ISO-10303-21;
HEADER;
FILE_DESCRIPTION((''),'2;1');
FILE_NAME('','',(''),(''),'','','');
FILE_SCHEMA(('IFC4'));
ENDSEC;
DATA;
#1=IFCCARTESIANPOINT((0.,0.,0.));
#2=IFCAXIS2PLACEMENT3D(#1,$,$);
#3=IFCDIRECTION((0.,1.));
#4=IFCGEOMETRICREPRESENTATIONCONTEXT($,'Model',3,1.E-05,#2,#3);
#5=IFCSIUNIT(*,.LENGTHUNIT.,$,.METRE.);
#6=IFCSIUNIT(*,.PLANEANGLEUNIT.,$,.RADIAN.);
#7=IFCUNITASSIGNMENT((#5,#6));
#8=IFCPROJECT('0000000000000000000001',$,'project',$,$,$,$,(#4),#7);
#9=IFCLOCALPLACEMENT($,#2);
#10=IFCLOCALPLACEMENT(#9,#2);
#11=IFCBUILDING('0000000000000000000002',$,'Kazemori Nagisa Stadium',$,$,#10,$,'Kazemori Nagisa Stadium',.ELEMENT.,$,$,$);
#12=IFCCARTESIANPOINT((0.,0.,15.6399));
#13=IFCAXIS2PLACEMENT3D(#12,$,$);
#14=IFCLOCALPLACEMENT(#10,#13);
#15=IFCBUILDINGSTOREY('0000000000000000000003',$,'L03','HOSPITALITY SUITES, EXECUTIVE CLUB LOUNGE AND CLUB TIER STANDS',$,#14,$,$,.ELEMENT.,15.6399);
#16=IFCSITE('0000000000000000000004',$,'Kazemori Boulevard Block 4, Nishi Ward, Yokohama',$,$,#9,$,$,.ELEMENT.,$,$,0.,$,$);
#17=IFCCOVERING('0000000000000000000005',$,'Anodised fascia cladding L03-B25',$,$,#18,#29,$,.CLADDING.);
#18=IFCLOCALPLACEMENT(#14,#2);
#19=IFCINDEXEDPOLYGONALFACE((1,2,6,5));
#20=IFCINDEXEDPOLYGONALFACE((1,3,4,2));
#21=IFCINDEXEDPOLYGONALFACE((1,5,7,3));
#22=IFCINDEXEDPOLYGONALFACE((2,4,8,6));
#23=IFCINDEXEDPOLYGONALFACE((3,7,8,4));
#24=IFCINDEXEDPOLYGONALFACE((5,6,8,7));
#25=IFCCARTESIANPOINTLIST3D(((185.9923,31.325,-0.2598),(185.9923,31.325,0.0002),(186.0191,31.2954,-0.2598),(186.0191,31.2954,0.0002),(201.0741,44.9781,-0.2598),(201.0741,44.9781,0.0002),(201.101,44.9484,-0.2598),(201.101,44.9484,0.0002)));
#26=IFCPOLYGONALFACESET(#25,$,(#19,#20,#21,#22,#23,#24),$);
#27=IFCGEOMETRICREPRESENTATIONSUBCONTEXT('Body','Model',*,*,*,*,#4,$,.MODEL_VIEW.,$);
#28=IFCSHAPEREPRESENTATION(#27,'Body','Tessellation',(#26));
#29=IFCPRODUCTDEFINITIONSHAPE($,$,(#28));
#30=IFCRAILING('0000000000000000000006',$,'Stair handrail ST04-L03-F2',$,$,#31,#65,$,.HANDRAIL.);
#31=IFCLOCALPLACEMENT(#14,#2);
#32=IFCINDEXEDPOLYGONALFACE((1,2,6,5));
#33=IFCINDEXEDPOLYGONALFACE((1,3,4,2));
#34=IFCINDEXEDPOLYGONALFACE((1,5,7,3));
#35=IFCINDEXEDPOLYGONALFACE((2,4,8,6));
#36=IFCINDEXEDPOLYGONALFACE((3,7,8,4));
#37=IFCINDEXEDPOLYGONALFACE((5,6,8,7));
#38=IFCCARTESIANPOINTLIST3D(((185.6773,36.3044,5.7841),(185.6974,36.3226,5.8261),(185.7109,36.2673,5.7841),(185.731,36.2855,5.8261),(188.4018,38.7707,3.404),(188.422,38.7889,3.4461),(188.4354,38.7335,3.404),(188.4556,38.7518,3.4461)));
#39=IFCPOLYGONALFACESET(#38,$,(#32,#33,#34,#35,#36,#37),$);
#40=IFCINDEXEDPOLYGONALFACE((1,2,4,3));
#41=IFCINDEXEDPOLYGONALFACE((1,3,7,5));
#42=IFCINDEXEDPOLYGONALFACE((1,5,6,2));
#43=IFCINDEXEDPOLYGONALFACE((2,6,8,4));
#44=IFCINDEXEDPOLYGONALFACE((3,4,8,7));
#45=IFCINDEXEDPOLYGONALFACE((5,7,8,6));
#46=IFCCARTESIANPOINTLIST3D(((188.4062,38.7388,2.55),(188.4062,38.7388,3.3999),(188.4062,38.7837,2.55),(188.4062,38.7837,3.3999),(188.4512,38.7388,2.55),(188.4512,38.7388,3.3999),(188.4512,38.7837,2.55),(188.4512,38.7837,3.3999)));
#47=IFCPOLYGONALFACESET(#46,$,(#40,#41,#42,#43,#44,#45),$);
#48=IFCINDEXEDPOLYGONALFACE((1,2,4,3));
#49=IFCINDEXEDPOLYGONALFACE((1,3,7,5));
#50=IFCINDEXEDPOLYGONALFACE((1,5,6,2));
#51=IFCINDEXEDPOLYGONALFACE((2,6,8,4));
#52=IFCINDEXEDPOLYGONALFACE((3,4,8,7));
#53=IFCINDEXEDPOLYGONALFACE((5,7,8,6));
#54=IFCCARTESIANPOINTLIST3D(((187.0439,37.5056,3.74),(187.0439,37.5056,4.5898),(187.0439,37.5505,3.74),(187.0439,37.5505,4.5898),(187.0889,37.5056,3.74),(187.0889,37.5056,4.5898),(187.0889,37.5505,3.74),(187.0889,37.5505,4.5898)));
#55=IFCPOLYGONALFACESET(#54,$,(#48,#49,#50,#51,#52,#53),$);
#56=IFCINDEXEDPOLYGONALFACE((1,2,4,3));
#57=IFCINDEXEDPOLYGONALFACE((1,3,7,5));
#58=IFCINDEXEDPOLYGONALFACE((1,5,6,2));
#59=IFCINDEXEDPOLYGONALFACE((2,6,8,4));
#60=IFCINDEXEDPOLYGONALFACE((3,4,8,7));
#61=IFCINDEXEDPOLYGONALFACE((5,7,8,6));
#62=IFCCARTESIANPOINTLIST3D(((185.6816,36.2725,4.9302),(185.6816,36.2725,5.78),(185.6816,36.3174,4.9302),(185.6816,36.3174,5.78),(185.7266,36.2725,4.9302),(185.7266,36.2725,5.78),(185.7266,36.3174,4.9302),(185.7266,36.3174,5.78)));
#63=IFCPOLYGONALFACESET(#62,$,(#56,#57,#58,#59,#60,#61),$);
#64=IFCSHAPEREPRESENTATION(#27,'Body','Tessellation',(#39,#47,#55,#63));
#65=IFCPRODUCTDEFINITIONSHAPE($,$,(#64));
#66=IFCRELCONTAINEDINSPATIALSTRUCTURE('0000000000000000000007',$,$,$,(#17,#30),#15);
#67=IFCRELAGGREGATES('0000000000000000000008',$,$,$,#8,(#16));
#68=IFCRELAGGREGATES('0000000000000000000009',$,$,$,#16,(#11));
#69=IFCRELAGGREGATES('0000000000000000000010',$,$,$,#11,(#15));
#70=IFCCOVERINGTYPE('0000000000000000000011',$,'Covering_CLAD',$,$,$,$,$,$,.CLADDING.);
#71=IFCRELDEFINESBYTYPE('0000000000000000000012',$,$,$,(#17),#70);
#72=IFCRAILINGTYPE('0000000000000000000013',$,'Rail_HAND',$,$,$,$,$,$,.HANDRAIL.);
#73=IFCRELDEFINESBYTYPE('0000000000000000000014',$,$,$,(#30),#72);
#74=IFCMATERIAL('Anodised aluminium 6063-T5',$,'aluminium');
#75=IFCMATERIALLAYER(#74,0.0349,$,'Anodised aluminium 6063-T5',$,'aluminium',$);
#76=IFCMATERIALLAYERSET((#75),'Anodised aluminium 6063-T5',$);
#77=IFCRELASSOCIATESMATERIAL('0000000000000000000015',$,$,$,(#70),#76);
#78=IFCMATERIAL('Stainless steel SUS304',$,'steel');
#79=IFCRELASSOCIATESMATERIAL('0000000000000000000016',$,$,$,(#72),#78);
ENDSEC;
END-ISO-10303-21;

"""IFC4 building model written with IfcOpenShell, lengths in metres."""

from ifc_helpers import new_model, si_unit, direction, frame, origin, origin_2d, place, context, subcontext, project, spatial, rectangle, extrude, material, layer, layer_set, type_object, element, save


model = new_model("IFC4")

# Units and contexts
model_context = context("Model", 3, precision=1e-05, world=origin(), true_north=direction((0.0, 1.0)))
body_context = subcontext(model_context, "Body", "Model", "MODEL_VIEW")
ifc_project = project(units=[si_unit("LENGTHUNIT", "METRE"), si_unit("PLANEANGLEUNIT", "RADIAN")], contexts=[model_context])

# Site, building, storey
site_placement = place(None, origin())
site = spatial("IfcSite", under=ifc_project, at=site_placement, Name="Kazemori Boulevard Block 4, Nishi Ward, Yokohama", CompositionType="ELEMENT", RefElevation=0.0)
building_placement = place(site_placement, origin())
building = spatial("IfcBuilding", under=site, at=building_placement, Name="Kazemori Nagisa Stadium", LongName="Kazemori Nagisa Stadium", CompositionType="ELEMENT")
storey_placement = place(building_placement, frame((0.0, 0.0, 15.6399)))
storey = spatial("IfcBuildingStorey", under=building, at=storey_placement, Name="L03", Description="HOSPITALITY SUITES, EXECUTIVE CLUB LOUNGE AND CLUB TIER STANDS", CompositionType="ELEMENT", Elevation=15.6399)

# Shared definitions
ifc_material_1 = material(Name="Anodised aluminium 6063-T5", Category="aluminium")

# Shared definitions
ifc_material_2 = material(Name="Stainless steel SUS304", Category="steel")

# Covering
ifc_layer_1 = layer(ifc_material_1, 0.0349, Name="Anodised aluminium 6063-T5", Category="aluminium")
ifc_layer_set_1 = layer_set([ifc_layer_1], Name="Anodised aluminium 6063-T5")
covering_type = type_object("IfcCoveringType", Name="Covering_CLAD", PredefinedType="CLADDING", material=ifc_layer_set_1)
covering_placement = place(storey_placement, frame((193.5466, 38.1367, -0.2598), z_axis=(0.0, 0.0, 1.0), x_axis=(0.741351, 0.671118, 0.0)))
element("IfcCovering", 1, at=covering_placement, inside=storey, type_object=covering_type, Name="Anodised fascia cladding L03-B25", PredefinedType="CLADDING", context=body_context, shape_type="SweptSolid", body=[
    extrude(rectangle(XDim=20.3438, YDim=0.04, at=origin_2d()), origin(), (0.0, 0.0, 1.0), 0.26),
])

# Railing
railing_type = type_object("IfcRailingType", Name="Rail_HAND", PredefinedType="HANDRAIL", material=ifc_material_2)
railing_placement = place(storey_placement, frame((188.4287, 38.7612, 2.55)))
element("IfcRailing", 2, at=railing_placement, inside=storey, type_object=railing_type, Name="Stair handrail ST04-L03-F2", PredefinedType="HANDRAIL", context=body_context, shape_type="SweptSolid", body=[
    extrude(rectangle(XDim=0.05, YDim=0.05, at=origin_2d()), frame((0.0, 0.0, 0.875), z_axis=(-0.622271, -0.563278, 0.543595), x_axis=(0.671091, -0.741375, 0.0)), (0.0, 0.0, 1.0), 4.3784),
    extrude(rectangle(XDim=0.0449, YDim=0.0449, at=origin_2d()), origin(), (0.0, 0.0, 1.0), 0.8499),
    extrude(rectangle(XDim=0.0449, YDim=0.0449, at=origin_2d()), frame((-1.3623, -1.2332, 1.1899)), (0.0, 0.0, 1.0), 0.8499),
    extrude(rectangle(XDim=0.0449, YDim=0.0449, at=origin_2d()), frame((-2.7246, -2.4663, 2.3801)), (0.0, 0.0, 1.0), 0.8499),
])

save(model, "model.ifc")
